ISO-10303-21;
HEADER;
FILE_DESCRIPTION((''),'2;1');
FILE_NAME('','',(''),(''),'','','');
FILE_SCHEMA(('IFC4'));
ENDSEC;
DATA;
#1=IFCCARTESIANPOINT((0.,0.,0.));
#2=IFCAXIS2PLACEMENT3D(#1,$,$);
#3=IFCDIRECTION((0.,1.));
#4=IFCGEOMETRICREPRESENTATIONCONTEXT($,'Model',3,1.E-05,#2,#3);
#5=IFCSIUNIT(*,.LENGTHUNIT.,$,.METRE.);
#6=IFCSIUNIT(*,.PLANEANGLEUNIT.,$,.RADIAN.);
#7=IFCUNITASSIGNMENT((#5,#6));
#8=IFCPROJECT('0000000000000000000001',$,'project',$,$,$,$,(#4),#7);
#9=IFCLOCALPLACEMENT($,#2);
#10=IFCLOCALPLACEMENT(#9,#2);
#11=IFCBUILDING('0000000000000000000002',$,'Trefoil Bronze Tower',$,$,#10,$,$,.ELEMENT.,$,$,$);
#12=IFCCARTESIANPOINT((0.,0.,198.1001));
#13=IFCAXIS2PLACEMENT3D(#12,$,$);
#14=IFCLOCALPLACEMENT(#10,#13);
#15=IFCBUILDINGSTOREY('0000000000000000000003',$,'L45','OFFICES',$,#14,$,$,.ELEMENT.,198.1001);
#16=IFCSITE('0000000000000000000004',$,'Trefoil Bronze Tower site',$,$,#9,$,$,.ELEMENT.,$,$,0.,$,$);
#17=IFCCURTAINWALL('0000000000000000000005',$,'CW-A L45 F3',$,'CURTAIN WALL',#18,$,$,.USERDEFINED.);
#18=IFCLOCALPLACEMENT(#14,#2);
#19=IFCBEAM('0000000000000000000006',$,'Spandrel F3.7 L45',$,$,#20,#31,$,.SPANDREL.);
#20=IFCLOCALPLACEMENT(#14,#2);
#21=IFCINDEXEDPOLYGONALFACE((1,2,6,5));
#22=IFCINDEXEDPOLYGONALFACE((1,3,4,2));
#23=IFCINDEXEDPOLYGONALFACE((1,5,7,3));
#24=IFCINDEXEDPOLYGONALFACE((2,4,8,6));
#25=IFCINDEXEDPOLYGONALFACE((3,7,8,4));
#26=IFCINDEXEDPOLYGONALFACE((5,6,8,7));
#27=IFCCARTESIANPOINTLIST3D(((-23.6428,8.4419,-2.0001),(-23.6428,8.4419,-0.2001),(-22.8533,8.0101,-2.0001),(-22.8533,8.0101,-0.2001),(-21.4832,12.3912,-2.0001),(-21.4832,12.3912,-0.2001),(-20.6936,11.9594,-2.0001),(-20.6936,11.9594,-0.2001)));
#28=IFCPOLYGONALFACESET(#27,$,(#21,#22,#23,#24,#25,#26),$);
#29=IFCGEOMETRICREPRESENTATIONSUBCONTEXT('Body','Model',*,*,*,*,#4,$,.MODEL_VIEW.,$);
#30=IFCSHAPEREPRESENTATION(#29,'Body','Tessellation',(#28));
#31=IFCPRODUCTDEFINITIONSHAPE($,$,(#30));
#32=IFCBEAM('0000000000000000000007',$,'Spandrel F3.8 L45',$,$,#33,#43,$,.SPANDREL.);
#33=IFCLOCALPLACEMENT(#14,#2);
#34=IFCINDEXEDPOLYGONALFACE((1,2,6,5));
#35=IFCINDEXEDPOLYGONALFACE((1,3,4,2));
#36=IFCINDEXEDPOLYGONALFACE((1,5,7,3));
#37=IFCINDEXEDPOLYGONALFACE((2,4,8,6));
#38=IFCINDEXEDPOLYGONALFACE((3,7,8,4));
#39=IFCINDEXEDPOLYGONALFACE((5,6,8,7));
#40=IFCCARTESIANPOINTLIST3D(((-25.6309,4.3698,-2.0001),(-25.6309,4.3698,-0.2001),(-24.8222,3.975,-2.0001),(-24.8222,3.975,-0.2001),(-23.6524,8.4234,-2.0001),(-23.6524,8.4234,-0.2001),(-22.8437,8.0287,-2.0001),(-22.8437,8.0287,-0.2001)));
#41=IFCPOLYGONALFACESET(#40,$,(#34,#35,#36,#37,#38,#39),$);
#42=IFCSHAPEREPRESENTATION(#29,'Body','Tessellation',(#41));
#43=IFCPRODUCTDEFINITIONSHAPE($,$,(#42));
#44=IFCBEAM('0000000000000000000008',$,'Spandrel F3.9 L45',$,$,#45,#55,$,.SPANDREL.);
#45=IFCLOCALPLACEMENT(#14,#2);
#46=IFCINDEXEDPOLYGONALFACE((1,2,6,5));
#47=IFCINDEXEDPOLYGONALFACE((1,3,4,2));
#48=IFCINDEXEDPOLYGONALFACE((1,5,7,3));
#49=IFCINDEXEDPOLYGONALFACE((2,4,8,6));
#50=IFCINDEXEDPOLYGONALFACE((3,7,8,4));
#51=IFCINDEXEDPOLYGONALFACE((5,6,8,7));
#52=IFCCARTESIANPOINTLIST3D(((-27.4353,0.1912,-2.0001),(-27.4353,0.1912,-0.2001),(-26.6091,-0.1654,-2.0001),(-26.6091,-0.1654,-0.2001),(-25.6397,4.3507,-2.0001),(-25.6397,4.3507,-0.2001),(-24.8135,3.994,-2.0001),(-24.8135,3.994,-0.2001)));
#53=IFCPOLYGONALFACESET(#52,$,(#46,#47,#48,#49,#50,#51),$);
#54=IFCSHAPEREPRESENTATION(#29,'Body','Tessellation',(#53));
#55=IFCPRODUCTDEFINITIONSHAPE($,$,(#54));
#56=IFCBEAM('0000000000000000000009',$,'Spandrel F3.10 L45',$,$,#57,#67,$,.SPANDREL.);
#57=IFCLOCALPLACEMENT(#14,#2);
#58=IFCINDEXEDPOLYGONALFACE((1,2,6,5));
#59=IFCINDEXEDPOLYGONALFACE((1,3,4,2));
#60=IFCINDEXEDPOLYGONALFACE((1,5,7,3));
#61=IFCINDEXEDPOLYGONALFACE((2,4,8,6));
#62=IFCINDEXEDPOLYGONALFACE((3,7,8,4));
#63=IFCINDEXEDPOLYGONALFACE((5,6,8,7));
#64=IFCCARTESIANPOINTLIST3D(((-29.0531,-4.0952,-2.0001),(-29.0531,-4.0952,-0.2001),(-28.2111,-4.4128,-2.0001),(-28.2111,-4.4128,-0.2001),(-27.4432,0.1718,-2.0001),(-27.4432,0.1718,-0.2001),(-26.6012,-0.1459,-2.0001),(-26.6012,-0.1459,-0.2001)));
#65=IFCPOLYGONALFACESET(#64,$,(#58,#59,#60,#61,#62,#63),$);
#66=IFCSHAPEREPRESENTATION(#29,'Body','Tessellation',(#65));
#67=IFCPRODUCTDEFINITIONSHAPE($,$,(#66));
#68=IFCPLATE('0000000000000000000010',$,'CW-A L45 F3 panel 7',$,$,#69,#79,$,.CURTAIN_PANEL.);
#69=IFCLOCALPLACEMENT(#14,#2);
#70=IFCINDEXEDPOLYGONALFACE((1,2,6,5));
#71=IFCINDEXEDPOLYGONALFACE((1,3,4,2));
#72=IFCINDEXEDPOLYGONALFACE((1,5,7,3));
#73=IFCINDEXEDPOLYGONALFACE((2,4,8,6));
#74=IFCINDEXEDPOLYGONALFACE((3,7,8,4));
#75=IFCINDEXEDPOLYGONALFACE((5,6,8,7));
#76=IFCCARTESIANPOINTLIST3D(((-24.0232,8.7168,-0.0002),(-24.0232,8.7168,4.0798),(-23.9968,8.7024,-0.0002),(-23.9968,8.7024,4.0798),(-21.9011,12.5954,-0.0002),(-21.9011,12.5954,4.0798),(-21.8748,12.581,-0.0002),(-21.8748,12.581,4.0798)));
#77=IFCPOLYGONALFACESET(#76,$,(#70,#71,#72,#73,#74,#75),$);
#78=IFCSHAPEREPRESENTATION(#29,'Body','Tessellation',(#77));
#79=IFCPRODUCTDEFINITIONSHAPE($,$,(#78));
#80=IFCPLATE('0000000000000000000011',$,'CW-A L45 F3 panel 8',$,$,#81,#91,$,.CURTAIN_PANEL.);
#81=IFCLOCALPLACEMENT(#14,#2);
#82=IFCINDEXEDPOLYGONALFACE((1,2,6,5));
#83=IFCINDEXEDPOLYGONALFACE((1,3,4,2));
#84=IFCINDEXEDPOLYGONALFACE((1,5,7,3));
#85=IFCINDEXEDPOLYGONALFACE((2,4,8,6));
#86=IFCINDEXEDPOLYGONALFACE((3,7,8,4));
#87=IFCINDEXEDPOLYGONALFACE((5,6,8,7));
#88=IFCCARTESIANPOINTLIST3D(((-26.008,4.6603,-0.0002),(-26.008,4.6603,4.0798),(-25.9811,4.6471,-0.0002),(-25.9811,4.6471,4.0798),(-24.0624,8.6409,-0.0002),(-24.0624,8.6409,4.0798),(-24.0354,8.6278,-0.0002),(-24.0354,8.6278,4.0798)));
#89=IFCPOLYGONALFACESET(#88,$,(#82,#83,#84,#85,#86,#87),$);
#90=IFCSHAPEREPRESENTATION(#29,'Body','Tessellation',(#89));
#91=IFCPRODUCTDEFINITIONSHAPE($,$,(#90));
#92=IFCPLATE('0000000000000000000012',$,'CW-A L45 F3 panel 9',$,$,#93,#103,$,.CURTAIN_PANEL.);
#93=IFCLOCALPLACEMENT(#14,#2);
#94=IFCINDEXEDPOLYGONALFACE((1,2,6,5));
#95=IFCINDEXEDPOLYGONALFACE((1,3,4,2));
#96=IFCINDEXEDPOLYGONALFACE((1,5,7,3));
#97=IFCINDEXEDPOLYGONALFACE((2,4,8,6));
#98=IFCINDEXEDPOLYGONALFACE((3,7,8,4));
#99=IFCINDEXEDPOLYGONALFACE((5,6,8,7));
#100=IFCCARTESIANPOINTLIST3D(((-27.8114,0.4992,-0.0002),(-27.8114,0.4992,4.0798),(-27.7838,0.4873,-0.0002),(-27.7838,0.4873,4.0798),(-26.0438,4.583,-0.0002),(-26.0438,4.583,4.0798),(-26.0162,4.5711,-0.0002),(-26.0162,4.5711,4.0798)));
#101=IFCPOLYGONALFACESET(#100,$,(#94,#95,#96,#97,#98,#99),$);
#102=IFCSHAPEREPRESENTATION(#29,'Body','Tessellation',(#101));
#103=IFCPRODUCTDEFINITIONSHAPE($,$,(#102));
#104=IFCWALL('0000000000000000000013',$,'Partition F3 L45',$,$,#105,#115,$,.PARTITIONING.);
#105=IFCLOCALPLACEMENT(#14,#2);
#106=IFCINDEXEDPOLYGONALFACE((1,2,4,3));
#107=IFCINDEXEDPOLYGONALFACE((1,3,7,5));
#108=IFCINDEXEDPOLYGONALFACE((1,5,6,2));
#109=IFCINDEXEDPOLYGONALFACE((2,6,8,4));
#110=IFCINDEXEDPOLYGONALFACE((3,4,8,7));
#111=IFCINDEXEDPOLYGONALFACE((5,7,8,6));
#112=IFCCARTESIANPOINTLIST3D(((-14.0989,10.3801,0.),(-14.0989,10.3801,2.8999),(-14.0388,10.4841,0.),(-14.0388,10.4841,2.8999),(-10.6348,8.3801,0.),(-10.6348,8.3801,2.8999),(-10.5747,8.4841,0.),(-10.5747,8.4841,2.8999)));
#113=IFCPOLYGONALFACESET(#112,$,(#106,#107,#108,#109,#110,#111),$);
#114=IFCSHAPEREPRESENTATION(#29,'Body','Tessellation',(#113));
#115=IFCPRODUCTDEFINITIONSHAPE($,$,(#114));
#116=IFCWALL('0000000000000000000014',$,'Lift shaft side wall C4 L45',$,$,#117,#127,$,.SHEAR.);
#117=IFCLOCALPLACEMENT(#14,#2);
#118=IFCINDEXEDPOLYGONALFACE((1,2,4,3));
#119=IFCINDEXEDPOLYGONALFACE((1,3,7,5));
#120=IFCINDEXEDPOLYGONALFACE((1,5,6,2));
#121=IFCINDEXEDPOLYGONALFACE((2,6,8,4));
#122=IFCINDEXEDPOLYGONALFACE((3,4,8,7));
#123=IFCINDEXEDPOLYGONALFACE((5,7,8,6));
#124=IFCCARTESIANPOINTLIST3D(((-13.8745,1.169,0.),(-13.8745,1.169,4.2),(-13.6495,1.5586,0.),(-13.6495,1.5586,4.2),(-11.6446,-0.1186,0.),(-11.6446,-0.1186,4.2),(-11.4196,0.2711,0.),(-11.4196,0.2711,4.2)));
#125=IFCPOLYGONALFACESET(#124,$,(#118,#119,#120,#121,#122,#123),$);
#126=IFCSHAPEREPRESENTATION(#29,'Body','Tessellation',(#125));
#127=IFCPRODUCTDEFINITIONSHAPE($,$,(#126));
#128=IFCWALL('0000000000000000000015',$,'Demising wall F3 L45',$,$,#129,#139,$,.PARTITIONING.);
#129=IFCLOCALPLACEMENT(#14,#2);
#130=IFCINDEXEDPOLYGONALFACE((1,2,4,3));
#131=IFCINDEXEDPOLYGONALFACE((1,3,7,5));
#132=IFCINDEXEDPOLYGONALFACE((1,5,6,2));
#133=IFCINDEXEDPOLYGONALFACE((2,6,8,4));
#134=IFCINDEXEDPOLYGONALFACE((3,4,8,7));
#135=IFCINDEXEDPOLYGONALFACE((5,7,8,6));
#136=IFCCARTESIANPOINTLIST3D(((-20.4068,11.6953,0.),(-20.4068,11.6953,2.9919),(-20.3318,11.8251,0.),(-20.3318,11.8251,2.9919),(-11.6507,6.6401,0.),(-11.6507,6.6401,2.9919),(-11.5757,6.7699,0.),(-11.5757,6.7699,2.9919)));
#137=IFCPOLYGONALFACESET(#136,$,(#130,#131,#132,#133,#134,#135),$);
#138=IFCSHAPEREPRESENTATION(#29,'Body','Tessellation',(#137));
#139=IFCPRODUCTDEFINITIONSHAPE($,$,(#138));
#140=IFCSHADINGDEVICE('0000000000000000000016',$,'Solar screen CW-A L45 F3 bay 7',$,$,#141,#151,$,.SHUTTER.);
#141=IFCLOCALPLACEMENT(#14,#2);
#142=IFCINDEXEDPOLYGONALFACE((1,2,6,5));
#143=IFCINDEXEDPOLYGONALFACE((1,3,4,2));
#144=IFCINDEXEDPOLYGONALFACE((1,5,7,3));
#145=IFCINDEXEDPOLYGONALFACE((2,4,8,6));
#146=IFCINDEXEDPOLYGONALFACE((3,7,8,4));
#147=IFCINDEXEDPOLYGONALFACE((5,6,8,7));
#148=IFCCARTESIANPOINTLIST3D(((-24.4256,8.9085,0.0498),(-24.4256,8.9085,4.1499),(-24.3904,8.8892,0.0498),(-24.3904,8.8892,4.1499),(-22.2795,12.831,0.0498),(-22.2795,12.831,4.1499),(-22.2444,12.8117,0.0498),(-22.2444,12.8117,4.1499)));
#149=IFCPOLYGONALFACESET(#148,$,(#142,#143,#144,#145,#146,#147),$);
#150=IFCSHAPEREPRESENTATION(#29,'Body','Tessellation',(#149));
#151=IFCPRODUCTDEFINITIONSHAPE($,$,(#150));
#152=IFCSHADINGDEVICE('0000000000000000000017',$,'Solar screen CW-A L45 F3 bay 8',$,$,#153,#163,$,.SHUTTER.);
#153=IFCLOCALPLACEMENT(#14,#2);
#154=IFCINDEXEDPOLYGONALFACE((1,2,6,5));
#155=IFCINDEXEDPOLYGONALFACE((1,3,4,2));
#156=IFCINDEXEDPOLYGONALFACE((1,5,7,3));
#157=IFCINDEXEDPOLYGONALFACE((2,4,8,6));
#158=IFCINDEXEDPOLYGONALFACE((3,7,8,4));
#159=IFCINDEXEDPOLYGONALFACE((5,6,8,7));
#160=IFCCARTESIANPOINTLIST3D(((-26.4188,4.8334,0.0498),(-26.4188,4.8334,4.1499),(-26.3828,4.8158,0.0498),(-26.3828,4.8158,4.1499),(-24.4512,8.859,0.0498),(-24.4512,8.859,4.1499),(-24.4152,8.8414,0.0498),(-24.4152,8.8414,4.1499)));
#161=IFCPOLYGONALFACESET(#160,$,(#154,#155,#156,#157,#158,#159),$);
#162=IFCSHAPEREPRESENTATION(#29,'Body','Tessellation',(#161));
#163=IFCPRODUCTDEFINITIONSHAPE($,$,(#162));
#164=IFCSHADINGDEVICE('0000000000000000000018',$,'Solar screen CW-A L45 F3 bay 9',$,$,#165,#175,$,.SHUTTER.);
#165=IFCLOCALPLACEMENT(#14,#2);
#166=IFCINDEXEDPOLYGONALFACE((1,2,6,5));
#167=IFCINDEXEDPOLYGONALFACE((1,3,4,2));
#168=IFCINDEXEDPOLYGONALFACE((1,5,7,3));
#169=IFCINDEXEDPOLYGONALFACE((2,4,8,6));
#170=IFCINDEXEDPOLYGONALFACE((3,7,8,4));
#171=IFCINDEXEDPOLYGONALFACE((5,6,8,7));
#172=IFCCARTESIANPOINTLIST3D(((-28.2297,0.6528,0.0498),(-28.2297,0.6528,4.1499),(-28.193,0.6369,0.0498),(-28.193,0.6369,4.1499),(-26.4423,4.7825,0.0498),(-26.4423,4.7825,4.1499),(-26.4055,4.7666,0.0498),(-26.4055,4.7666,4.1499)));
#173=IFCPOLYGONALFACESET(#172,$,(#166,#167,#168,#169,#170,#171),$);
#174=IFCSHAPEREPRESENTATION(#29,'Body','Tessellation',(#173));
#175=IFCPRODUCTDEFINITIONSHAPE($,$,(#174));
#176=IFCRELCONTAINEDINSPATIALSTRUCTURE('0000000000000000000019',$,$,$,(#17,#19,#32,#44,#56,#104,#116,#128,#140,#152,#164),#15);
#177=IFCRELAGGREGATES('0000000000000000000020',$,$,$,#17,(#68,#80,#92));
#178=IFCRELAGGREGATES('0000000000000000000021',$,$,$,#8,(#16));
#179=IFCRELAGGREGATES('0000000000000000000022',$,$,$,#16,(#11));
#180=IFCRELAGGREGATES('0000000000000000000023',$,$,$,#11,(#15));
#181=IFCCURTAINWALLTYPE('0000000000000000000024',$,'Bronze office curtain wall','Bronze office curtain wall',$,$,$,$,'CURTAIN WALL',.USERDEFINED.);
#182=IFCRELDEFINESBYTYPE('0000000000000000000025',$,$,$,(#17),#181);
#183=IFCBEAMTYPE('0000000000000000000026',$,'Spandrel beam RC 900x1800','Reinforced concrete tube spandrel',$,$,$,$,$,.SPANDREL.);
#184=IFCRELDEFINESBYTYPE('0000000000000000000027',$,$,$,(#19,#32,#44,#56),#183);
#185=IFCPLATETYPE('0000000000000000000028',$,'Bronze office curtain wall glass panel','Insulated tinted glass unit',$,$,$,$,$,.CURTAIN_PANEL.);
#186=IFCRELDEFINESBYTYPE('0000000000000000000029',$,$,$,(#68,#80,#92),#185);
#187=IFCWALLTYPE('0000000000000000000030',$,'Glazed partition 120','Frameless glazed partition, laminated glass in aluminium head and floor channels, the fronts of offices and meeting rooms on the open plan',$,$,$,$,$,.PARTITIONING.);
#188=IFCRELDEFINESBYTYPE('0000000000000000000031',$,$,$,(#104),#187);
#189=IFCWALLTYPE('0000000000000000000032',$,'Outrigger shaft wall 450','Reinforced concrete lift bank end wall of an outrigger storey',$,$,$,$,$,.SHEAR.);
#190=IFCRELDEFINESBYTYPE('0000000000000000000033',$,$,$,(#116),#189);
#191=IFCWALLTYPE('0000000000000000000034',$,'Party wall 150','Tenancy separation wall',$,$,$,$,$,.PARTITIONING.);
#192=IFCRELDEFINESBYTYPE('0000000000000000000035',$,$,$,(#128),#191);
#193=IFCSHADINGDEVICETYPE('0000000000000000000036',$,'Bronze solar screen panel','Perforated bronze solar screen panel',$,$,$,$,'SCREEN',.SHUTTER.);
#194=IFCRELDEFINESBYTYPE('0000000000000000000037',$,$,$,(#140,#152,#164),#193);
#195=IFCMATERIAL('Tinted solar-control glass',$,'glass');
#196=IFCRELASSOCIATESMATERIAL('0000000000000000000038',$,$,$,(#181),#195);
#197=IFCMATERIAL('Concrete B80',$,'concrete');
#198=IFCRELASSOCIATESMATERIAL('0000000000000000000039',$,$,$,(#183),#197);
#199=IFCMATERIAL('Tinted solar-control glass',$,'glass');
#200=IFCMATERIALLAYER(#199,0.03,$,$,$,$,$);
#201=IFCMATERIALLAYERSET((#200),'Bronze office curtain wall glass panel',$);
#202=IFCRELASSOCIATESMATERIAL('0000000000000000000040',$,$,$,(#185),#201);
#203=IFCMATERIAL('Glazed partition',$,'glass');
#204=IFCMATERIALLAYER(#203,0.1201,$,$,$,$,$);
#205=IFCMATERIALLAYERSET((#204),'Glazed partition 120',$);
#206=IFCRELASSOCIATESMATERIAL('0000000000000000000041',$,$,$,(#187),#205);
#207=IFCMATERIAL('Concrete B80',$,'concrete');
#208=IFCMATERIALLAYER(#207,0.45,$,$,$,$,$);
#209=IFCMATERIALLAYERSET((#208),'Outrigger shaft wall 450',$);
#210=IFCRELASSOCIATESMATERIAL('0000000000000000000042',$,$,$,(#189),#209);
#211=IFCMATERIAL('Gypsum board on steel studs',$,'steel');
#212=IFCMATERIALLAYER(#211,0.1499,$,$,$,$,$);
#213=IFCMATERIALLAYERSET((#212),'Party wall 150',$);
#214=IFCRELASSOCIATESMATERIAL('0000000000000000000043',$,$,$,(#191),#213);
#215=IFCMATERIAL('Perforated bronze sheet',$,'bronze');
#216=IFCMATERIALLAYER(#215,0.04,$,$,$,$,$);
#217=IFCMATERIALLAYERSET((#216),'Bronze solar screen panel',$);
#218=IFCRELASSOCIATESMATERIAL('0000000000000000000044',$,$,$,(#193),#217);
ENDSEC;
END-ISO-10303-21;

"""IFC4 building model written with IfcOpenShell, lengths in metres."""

from ifc_helpers import new_model, si_unit, direction, frame, frame_2d, origin, origin_2d, place, context, subcontext, project, spatial, rectangle, extrude, material, layer, layer_set, material_profile, profile_set, type_object, element, aggregate, save


model = new_model("IFC4")

# Units and contexts
model_context = context("Model", 3, precision=1e-05, world=origin(), true_north=direction((0.0, 1.0)))
body_context = subcontext(model_context, "Body", "Model", "MODEL_VIEW")
ifc_project = project(units=[si_unit("LENGTHUNIT", "METRE"), si_unit("PLANEANGLEUNIT", "RADIAN")], contexts=[model_context])

# Site, building, storey
site_placement = place(None, origin())
site = spatial("IfcSite", under=ifc_project, at=site_placement, Name="Trefoil Bronze Tower site", CompositionType="ELEMENT", RefElevation=0.0)
building_placement = place(site_placement, origin())
building = spatial("IfcBuilding", under=site, at=building_placement, Name="Trefoil Bronze Tower", CompositionType="ELEMENT")
storey_placement = place(building_placement, frame((0.0, 0.0, 198.1001)))
storey = spatial("IfcBuildingStorey", under=building, at=storey_placement, Name="L45", Description="OFFICES", CompositionType="ELEMENT", Elevation=198.1001)

# Curtain wall
ifc_material_1 = material(Name="Tinted solar-control glass", Category="glass")
curtain_wall_type = type_object("IfcCurtainWallType", Name="Bronze office curtain wall", Description="Bronze office curtain wall", ElementType="CURTAIN WALL", PredefinedType="USERDEFINED", material=ifc_material_1)
curtain_wall_placement = place(storey_placement, origin())
curtain_wall = element("IfcCurtainWall", 1, at=curtain_wall_placement, inside=storey, type_object=curtain_wall_type, Name="CW-A L45 F3", ObjectType="CURTAIN WALL", PredefinedType="USERDEFINED")

# Beams
ifc_material_2 = material(Name="Concrete B80", Category="concrete")
ifc_material_profile_1 = material_profile(ifc_material_2, rectangle(XDim=0.8999, YDim=1.8, at=origin_2d()), Name="RC 900x1800")
ifc_profile_set_1 = profile_set([ifc_material_profile_1], Name="Concrete B80")
beam_type_1 = type_object("IfcBeamType", Name="Spandrel beam RC 900x1800", Description="Reinforced concrete tube spandrel", PredefinedType="SPANDREL", material=ifc_profile_set_1)
beam_1_placement = place(storey_placement, frame((-21.0884, 12.1753, -1.1001), z_axis=(-0.479802, -0.877377, 0.0), x_axis=(0.877377, -0.479802, 0.0)))
element("IfcBeam", 2, at=beam_1_placement, inside=storey, type_object=beam_type_1, Name="Spandrel F3.7 L45", PredefinedType="SPANDREL", context=body_context, shape_type="SweptSolid", body=[
    extrude(rectangle(XDim=0.8999, YDim=1.8, at=origin_2d()), origin(), (0.0, 0.0, 1.0), 4.5012),
])
beam_2_placement = place(storey_placement, frame((-23.248, 8.2261, -1.1001), z_axis=(-0.43862, -0.898673, 0.0), x_axis=(0.898673, -0.43862, 0.0)))
element("IfcBeam", 3, at=beam_2_placement, inside=storey, type_object=beam_type_1, Name="Spandrel F3.8 L45", PredefinedType="SPANDREL", context=body_context, shape_type="SweptSolid", body=[
    extrude(rectangle(XDim=0.8999, YDim=1.8, at=origin_2d()), origin(), (0.0, 0.0, 1.0), 4.5107),
])
beam_3_placement = place(storey_placement, frame((-25.2266, 4.1724, -1.1001), z_axis=(-0.39635, -0.918099, 0.0), x_axis=(0.918099, -0.39635, 0.0)))
element("IfcBeam", 4, at=beam_3_placement, inside=storey, type_object=beam_type_1, Name="Spandrel F3.9 L45", PredefinedType="SPANDREL", context=body_context, shape_type="SweptSolid", body=[
    extrude(rectangle(XDim=0.8999, YDim=1.8, at=origin_2d()), origin(), (0.0, 0.0, 1.0), 4.5305),
])
beam_4_placement = place(storey_placement, frame((-27.0222, 0.0129, -1.1001), z_axis=(-0.353006, -0.935621, 0.0), x_axis=(0.935621, -0.353006, 0.0)))
element("IfcBeam", 5, at=beam_4_placement, inside=storey, type_object=beam_type_1, Name="Spandrel F3.10 L45", PredefinedType="SPANDREL", context=body_context, shape_type="SweptSolid", body=[
    extrude(rectangle(XDim=0.8999, YDim=1.8, at=origin_2d()), origin(), (0.0, 0.0, 1.0), 4.5605),
])

# Plates
ifc_material_3 = material(Name="Tinted solar-control glass", Category="glass")
ifc_layer_1 = layer(ifc_material_3, 0.03)
ifc_layer_set_1 = layer_set([ifc_layer_1], Name="Bronze office curtain wall glass panel")
plate_type = type_object("IfcPlateType", Name="Bronze office curtain wall glass panel", Description="Insulated tinted glass unit", PredefinedType="CURTAIN_PANEL", material=ifc_layer_set_1)
plate_1_placement = place(storey_placement, frame((-22.949, 10.6489, -0.0002), z_axis=(0.0, 0.0, 1.0), x_axis=(-0.479974, -0.877283, 0.0)))
plate_1 = element("IfcPlate", 6, at=plate_1_placement, type_object=plate_type, Name="CW-A L45 F3 panel 7", PredefinedType="CURTAIN_PANEL", context=body_context, shape_type="SweptSolid", body=[
    extrude(rectangle(XDim=4.4211, YDim=0.03, at=origin_2d()), origin(), (0.0, 0.0, 1.0), 4.0801),
])
plate_2_placement = place(storey_placement, frame((-25.0217, 6.644, -0.0002), z_axis=(0.0, 0.0, 1.0), x_axis=(-0.439129, -0.898424, 0.0)))
plate_2 = element("IfcPlate", 7, at=plate_2_placement, type_object=plate_type, Name="CW-A L45 F3 panel 8", PredefinedType="CURTAIN_PANEL", context=body_context, shape_type="SweptSolid", body=[
    extrude(rectangle(XDim=4.4307, YDim=0.03, at=origin_2d()), origin(), (0.0, 0.0, 1.0), 4.0801),
])
plate_3_placement = place(storey_placement, frame((-26.9138, 2.5352, -0.0002), z_axis=(0.0, 0.0, 1.0), x_axis=(-0.39722, -0.917723, 0.0)))
plate_3 = element("IfcPlate", 8, at=plate_3_placement, type_object=plate_type, Name="CW-A L45 F3 panel 9", PredefinedType="CURTAIN_PANEL", context=body_context, shape_type="SweptSolid", body=[
    extrude(rectangle(XDim=4.45, YDim=0.03, at=origin_2d()), origin(), (0.0, 0.0, 1.0), 4.0801),
])
aggregate(curtain_wall, [plate_1, plate_2, plate_3])

# Walls
ifc_material_4 = material(Name="Glazed partition", Category="glass")
ifc_layer_2 = layer(ifc_material_4, 0.1201)
ifc_layer_set_2 = layer_set([ifc_layer_2], Name="Glazed partition 120")
wall_type_1 = type_object("IfcWallType", Name="Glazed partition 120", Description="Frameless glazed partition, laminated glass in aluminium head and floor channels, the fronts of offices and meeting rooms on the open plan", PredefinedType="PARTITIONING", material=ifc_layer_set_2)
wall_1_placement = place(storey_placement, frame((-10.6047, 8.4321, 0.0), z_axis=(0.0, 0.0, 1.0), x_axis=(-0.866026, 0.499999, 0.0)))
element("IfcWall", 9, at=wall_1_placement, inside=storey, type_object=wall_type_1, Name="Partition F3 L45", PredefinedType="PARTITIONING", context=body_context, shape_type="SweptSolid", body=[
    extrude(rectangle(XDim=4.0, YDim=0.1201, at=frame_2d((2.0, 0.0))), origin(), (0.0, 0.0, 1.0), 2.8999),
])
ifc_material_5 = material(Name="Concrete B80", Category="concrete")
ifc_layer_3 = layer(ifc_material_5, 0.45)
ifc_layer_set_3 = layer_set([ifc_layer_3], Name="Outrigger shaft wall 450")
wall_type_2 = type_object("IfcWallType", Name="Outrigger shaft wall 450", Description="Reinforced concrete lift bank end wall of an outrigger storey", PredefinedType="SHEAR", material=ifc_layer_set_3)
wall_2_placement = place(storey_placement, frame((-11.532, 0.0762, 0.0), z_axis=(0.0, 0.0, 1.0), x_axis=(-0.866006, 0.500034, 0.0)))
element("IfcWall", 10, at=wall_2_placement, inside=storey, type_object=wall_type_2, Name="Lift shaft side wall C4 L45", PredefinedType="SHEAR", context=body_context, shape_type="SweptSolid", body=[
    extrude(rectangle(XDim=2.575, YDim=0.45, at=frame_2d((1.2876, 0.0))), origin(), (0.0, 0.0, 1.0), 4.2),
])
ifc_material_6 = material(Name="Gypsum board on steel studs", Category="steel")
ifc_layer_4 = layer(ifc_material_6, 0.1499)
ifc_layer_set_4 = layer_set([ifc_layer_4], Name="Party wall 150")
wall_type_3 = type_object("IfcWallType", Name="Party wall 150", Description="Tenancy separation wall", PredefinedType="PARTITIONING", material=ifc_layer_set_4)
wall_3_placement = place(storey_placement, frame((-11.6133, 6.7051, 0.0), z_axis=(0.0, 0.0, 1.0), x_axis=(-0.866032, 0.499988, 0.0)))
element("IfcWall", 11, at=wall_3_placement, inside=storey, type_object=wall_type_3, Name="Demising wall F3 L45", PredefinedType="PARTITIONING", context=body_context, shape_type="SweptSolid", body=[
    extrude(rectangle(XDim=10.1106, YDim=0.1499, at=frame_2d((5.0552, 0.0))), origin(), (0.0, 0.0, 1.0), 2.9919),
])

# Shading devices
ifc_material_7 = material(Name="Perforated bronze sheet", Category="bronze")
ifc_layer_5 = layer(ifc_material_7, 0.04)
ifc_layer_set_5 = layer_set([ifc_layer_5], Name="Bronze solar screen panel")
shading_device_type = type_object("IfcShadingDeviceType", Name="Bronze solar screen panel", Description="Perforated bronze solar screen panel", ElementType="SCREEN", PredefinedType="SHUTTER", material=ifc_layer_set_5)
shading_device_1_placement = place(storey_placement, frame((-23.335, 10.8601, 0.0498), z_axis=(0.0, 0.0, 1.0), x_axis=(-0.479974, -0.877283, 0.0)))
element("IfcShadingDevice", 12, at=shading_device_1_placement, inside=storey, type_object=shading_device_type, Name="Solar screen CW-A L45 F3 bay 7", PredefinedType="SHUTTER", context=body_context, shape_type="SweptSolid", body=[
    extrude(rectangle(XDim=4.4712, YDim=0.04, at=origin_2d()), origin(), (0.0, 0.0, 1.0), 4.1001),
])
shading_device_2_placement = place(storey_placement, frame((-25.417, 6.8374, 0.0498), z_axis=(0.0, 0.0, 1.0), x_axis=(-0.439129, -0.898424, 0.0)))
element("IfcShadingDevice", 13, at=shading_device_2_placement, inside=storey, type_object=shading_device_type, Name="Solar screen CW-A L45 F3 bay 8", PredefinedType="SHUTTER", context=body_context, shape_type="SweptSolid", body=[
    extrude(rectangle(XDim=4.4807, YDim=0.04, at=origin_2d()), origin(), (0.0, 0.0, 1.0), 4.1001),
])
shading_device_3_placement = place(storey_placement, frame((-27.3176, 2.7097, 0.0498), z_axis=(0.0, 0.0, 1.0), x_axis=(-0.39722, -0.917723, 0.0)))
element("IfcShadingDevice", 14, at=shading_device_3_placement, inside=storey, type_object=shading_device_type, Name="Solar screen CW-A L45 F3 bay 9", PredefinedType="SHUTTER", context=body_context, shape_type="SweptSolid", body=[
    extrude(rectangle(XDim=4.5, YDim=0.04, at=origin_2d()), origin(), (0.0, 0.0, 1.0), 4.1001),
])

save(model, "model.ifc")
